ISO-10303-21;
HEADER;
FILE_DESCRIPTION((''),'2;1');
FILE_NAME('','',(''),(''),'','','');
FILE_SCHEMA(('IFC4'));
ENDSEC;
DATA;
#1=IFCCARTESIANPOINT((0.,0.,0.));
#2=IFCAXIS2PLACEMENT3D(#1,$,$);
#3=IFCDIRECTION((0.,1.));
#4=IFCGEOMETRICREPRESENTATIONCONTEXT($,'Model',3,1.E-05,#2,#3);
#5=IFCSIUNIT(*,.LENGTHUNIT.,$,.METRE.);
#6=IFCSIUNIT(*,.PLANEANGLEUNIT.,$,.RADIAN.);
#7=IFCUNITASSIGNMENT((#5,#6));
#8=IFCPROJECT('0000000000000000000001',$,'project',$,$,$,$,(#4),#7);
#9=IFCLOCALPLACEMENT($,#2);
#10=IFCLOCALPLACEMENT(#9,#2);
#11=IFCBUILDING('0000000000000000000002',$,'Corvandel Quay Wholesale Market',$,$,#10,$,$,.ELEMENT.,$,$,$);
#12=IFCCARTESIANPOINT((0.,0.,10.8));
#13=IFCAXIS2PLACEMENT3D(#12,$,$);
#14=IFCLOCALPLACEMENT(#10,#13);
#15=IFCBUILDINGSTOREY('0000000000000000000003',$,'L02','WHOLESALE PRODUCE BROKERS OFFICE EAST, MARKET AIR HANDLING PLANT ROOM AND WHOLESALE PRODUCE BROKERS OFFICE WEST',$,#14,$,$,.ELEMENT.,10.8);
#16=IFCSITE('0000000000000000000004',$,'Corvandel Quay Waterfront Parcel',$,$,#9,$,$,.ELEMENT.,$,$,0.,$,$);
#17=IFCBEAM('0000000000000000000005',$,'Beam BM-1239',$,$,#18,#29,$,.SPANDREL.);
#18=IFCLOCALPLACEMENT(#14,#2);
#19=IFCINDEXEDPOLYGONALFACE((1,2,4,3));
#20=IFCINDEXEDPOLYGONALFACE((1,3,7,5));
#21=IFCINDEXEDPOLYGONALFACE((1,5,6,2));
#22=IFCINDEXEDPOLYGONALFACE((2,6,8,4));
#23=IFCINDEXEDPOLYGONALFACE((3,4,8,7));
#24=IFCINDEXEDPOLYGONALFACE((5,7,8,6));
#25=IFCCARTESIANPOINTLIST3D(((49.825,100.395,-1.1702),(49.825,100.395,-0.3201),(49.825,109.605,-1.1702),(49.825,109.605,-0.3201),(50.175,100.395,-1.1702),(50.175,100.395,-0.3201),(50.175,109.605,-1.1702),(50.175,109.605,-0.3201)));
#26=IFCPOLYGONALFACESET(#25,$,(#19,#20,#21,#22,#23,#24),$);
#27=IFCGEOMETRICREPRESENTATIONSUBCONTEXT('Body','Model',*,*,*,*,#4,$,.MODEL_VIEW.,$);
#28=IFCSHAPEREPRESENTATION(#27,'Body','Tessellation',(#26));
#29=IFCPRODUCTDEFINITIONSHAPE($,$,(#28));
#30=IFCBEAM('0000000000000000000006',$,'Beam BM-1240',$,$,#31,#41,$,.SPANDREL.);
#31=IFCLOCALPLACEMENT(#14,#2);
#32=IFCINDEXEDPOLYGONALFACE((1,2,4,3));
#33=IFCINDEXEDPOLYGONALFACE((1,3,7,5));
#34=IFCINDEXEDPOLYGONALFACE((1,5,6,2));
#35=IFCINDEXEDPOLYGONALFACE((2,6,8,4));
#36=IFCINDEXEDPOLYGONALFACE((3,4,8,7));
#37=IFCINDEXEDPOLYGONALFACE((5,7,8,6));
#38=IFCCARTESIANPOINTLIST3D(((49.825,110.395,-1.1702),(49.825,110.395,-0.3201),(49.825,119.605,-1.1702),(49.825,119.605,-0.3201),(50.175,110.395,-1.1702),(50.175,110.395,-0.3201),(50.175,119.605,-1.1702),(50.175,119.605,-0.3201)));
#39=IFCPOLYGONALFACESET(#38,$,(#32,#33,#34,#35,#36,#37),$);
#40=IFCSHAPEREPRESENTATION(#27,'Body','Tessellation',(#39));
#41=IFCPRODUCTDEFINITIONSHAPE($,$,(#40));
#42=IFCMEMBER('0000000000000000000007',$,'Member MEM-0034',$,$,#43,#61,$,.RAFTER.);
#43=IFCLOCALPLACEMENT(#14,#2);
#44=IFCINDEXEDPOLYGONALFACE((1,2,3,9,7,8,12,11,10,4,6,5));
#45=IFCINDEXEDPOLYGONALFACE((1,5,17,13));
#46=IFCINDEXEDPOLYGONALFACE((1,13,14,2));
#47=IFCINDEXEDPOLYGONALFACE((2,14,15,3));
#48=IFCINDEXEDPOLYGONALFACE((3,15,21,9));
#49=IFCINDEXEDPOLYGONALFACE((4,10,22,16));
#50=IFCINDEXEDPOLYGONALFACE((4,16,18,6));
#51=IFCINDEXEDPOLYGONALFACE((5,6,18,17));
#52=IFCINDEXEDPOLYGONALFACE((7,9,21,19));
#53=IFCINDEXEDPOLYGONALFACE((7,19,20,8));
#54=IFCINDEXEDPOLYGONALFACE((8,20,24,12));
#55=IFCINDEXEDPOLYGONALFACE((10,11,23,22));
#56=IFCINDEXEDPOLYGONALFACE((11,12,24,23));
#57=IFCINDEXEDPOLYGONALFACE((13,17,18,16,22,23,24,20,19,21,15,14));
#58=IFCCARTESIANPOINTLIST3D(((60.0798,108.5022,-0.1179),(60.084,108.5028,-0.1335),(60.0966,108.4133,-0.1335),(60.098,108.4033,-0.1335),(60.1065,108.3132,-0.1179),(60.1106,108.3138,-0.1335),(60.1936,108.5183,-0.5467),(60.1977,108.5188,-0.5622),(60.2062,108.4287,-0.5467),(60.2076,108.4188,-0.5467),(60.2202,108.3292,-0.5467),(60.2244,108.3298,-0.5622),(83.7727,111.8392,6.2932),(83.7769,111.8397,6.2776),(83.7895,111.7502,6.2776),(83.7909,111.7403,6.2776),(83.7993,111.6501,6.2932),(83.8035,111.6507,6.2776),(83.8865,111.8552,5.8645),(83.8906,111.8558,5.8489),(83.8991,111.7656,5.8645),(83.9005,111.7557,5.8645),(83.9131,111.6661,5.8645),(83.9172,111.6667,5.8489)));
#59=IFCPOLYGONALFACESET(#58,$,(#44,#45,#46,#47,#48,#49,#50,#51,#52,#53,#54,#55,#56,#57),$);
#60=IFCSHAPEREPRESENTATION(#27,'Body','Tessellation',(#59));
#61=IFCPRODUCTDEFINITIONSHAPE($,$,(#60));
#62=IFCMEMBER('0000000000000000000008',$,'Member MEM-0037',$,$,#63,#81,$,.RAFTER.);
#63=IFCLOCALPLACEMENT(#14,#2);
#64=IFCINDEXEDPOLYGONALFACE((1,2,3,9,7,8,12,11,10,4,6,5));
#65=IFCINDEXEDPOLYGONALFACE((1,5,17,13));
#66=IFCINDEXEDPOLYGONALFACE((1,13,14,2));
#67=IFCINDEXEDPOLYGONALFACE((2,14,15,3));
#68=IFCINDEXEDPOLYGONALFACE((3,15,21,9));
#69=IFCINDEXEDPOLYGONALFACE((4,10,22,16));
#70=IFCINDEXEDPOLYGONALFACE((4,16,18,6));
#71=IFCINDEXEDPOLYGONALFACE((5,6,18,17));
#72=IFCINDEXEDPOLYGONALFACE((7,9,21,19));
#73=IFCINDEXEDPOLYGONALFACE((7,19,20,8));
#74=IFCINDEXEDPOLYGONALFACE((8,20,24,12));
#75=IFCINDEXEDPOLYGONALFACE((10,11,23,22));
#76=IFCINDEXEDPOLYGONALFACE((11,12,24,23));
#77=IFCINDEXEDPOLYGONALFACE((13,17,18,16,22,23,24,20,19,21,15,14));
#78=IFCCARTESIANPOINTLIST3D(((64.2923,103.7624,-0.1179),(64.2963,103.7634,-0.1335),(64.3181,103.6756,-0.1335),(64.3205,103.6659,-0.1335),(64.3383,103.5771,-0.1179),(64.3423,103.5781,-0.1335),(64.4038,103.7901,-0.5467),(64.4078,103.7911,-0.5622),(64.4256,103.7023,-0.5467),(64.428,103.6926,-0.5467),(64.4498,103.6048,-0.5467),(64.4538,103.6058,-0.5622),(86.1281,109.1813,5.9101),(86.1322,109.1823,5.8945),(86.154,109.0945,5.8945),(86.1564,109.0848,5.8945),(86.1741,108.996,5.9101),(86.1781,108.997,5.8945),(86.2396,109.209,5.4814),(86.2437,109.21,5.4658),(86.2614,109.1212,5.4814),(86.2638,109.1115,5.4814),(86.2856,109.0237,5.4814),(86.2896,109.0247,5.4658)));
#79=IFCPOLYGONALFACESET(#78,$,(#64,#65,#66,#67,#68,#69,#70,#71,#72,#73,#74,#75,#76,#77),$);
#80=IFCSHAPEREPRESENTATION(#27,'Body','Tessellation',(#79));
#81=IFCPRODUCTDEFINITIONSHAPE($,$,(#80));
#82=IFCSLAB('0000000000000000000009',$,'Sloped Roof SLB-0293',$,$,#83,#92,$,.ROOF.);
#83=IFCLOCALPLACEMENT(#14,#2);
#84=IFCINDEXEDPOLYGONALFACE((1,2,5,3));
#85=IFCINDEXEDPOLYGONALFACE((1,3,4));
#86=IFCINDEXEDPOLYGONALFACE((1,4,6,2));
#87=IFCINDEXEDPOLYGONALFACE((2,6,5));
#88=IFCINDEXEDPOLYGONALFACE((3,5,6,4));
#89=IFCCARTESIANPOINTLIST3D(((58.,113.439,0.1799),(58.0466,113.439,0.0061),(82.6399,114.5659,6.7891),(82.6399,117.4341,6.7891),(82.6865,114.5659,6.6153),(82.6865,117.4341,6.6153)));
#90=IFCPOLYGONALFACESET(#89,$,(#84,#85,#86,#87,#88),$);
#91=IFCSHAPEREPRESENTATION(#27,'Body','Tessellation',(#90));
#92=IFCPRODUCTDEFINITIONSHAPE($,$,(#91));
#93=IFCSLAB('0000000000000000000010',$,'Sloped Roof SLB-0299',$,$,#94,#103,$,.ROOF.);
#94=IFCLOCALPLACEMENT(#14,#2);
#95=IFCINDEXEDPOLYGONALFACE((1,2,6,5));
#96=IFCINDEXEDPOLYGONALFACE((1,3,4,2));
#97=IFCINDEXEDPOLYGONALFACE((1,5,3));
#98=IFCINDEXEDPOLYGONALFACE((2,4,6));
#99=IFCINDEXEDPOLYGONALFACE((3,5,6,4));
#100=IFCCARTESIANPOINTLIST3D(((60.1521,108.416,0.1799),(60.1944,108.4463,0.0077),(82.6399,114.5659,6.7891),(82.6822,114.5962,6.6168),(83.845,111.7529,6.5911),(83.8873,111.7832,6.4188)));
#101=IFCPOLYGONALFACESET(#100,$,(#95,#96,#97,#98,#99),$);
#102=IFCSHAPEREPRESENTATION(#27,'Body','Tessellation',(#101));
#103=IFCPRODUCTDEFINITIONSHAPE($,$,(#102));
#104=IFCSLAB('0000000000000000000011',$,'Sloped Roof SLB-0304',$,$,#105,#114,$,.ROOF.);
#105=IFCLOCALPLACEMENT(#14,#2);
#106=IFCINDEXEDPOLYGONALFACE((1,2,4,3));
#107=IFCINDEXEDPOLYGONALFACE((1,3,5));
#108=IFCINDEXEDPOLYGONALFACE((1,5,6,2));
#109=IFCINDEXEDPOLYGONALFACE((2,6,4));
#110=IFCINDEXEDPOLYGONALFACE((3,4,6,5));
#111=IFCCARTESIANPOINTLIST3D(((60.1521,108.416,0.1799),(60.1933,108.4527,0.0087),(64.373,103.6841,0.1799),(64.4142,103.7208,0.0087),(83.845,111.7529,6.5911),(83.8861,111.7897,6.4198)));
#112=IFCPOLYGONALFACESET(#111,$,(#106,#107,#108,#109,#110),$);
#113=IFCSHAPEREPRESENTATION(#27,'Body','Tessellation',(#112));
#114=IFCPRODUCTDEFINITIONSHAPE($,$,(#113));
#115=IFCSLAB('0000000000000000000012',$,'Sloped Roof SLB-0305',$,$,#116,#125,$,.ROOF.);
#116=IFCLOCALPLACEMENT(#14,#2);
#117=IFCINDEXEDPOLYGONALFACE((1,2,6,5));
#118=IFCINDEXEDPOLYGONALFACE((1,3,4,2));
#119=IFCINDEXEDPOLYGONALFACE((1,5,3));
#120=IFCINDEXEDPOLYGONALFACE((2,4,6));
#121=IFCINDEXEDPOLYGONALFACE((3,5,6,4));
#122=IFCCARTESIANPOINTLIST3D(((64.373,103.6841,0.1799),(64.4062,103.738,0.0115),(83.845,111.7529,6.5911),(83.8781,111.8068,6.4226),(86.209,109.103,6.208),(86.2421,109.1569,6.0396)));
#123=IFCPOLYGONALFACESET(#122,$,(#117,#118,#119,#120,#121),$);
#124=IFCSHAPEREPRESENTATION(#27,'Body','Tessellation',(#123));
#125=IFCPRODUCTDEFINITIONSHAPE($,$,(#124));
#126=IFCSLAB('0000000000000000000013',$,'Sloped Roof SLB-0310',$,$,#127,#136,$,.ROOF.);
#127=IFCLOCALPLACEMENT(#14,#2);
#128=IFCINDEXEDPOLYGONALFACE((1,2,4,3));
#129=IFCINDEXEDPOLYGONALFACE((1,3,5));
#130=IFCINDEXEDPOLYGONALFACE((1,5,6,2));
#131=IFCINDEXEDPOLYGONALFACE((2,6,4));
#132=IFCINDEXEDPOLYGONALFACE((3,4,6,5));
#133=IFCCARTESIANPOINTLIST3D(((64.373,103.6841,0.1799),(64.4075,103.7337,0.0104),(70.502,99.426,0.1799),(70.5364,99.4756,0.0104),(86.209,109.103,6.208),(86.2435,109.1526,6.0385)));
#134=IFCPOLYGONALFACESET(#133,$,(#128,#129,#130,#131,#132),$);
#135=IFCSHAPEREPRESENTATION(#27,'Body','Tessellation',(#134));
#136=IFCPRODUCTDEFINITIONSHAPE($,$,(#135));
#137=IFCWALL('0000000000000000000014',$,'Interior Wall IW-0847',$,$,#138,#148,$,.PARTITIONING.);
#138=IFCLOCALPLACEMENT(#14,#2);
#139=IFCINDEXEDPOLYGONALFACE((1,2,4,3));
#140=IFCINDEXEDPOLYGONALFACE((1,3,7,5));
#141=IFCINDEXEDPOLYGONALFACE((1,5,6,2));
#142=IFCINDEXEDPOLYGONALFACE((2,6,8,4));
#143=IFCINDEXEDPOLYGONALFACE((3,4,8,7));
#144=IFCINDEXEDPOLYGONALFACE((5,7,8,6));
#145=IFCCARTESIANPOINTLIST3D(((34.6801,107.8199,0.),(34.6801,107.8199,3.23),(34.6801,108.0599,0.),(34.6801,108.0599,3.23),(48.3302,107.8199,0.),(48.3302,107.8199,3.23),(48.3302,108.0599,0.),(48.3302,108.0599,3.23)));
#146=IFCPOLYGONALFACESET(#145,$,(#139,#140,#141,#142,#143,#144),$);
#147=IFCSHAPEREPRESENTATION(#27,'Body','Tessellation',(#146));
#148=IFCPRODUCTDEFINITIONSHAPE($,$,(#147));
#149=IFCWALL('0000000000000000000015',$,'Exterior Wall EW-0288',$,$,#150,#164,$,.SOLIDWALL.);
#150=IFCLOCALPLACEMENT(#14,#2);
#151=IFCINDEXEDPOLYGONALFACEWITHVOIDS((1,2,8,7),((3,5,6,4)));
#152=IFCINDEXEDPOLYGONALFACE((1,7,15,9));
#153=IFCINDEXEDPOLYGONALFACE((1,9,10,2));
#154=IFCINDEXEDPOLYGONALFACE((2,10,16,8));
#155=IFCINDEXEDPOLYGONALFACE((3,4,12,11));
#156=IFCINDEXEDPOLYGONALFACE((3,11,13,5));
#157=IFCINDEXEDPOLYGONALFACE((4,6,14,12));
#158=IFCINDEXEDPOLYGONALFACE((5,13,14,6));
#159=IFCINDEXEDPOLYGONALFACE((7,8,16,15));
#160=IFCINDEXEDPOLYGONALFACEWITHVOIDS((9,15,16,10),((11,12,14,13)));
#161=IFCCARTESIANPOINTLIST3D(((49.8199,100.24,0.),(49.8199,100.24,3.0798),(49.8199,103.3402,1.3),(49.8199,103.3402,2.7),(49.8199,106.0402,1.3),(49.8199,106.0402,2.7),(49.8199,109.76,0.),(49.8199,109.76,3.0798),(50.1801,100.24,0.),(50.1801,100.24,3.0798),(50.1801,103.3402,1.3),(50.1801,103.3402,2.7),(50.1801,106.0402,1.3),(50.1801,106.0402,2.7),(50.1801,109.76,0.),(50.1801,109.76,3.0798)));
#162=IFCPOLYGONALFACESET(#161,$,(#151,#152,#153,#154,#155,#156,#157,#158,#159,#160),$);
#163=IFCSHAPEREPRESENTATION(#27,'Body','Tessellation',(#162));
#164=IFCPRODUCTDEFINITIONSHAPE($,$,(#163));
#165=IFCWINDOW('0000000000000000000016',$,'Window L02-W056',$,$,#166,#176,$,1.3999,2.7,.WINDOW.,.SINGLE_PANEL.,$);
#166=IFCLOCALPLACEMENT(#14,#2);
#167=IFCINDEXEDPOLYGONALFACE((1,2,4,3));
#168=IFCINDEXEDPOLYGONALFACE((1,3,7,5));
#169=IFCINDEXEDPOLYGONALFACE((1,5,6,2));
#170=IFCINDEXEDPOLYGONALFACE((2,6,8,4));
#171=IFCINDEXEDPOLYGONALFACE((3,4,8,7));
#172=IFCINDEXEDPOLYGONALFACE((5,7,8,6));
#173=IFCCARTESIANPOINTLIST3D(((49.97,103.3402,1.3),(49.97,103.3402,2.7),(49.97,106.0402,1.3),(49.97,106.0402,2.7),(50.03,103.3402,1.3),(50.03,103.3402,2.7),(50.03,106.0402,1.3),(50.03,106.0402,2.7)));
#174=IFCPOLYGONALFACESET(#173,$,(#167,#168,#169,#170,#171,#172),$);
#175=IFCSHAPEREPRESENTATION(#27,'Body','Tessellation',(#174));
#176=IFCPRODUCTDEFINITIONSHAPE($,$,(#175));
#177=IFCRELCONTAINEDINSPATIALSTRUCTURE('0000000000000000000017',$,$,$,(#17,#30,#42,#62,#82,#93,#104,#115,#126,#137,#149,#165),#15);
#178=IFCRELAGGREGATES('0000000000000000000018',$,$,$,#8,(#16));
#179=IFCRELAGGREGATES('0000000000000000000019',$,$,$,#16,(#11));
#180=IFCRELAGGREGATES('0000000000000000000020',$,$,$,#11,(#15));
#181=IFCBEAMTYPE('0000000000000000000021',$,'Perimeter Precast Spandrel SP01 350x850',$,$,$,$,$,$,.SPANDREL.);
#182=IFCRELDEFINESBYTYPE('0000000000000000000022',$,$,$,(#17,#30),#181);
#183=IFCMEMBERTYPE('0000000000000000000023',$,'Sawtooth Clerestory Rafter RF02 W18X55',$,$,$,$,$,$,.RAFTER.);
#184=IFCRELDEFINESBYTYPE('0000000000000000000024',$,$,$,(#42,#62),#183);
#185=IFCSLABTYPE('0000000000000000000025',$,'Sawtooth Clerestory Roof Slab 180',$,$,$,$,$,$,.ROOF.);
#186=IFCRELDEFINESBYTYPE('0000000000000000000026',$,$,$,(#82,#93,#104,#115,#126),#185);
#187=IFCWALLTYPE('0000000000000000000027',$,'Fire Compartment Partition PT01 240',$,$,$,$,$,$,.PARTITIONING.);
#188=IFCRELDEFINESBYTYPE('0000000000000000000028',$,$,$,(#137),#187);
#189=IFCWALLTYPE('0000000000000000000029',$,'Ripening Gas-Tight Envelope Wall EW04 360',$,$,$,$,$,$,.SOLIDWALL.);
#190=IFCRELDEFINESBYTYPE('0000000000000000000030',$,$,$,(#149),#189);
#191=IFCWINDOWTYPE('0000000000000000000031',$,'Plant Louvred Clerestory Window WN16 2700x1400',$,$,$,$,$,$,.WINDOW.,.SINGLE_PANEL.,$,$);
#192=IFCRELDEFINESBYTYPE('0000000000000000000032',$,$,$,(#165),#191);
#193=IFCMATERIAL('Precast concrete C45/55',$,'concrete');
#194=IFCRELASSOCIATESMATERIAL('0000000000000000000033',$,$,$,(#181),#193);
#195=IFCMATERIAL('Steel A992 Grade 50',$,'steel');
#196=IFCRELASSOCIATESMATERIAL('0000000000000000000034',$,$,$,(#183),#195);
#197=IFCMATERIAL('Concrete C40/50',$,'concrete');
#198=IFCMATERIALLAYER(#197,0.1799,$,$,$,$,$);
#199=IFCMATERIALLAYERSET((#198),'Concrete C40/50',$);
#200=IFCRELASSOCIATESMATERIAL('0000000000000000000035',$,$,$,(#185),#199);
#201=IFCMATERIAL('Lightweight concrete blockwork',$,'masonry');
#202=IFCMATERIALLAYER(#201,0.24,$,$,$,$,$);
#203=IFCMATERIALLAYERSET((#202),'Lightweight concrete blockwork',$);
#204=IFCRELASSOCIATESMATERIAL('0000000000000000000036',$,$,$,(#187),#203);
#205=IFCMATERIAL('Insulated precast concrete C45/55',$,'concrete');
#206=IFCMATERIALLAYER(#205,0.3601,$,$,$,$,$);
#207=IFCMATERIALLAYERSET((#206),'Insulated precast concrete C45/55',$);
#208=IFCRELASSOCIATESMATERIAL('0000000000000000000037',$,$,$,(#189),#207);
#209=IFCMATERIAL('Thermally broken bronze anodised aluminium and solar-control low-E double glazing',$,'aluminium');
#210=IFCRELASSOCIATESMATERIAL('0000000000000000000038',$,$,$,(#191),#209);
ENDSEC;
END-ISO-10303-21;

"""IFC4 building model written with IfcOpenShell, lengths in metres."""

from ifc_helpers import new_model, si_unit, direction, frame, frame_2d, origin, origin_2d, place, context, subcontext, project, spatial, polyline, rectangle, i_section, outline, extrude, material, layer, layer_set, material_profile, profile_set, type_object, element, fill, save


model = new_model("IFC4")

# Units and contexts
model_context = context("Model", 3, precision=1e-05, world=origin(), true_north=direction((0.0, 1.0)))
body_context = subcontext(model_context, "Body", "Model", "MODEL_VIEW")
ifc_project = project(units=[si_unit("LENGTHUNIT", "METRE"), si_unit("PLANEANGLEUNIT", "RADIAN")], contexts=[model_context])

# Site, building, storey
site_placement = place(None, origin())
site = spatial("IfcSite", under=ifc_project, at=site_placement, Name="Corvandel Quay Waterfront Parcel", CompositionType="ELEMENT", RefElevation=0.0)
building_placement = place(site_placement, origin())
building = spatial("IfcBuilding", under=site, at=building_placement, Name="Corvandel Quay Wholesale Market", CompositionType="ELEMENT")
storey_placement = place(building_placement, frame((0.0, 0.0, 10.8)))
storey = spatial("IfcBuildingStorey", under=building, at=storey_placement, Name="L02", Description="WHOLESALE PRODUCE BROKERS OFFICE EAST, MARKET AIR HANDLING PLANT ROOM AND WHOLESALE PRODUCE BROKERS OFFICE WEST", CompositionType="ELEMENT", Elevation=10.8)

# Shared definitions
ifc_material_1 = material(Name="Precast concrete C45/55", Category="concrete")

# Beams
ifc_material_profile_1 = material_profile(ifc_material_1, rectangle(XDim=0.3501, YDim=0.8501, at=origin_2d()), Name="PC-SPN-350x850")
ifc_profile_set_1 = profile_set([ifc_material_profile_1], Name="Precast concrete C45/55")
beam_type_1 = type_object("IfcBeamType", Name="Perimeter Precast Spandrel SP01 350x850", PredefinedType="SPANDREL", material=ifc_profile_set_1)
for number, where, z_axis, x_axis, name in (
    (1, (50.0, 100.395, -0.7451), (0.0, 1.0, 0.0), (-1.0, 0.0, 0.0), "Beam BM-1239"),
    (2, (50.0, 110.395, -0.7451), (0.0, 1.0, 0.0), (-1.0, 0.0, 0.0), "Beam BM-1240"),
):
    element("IfcBeam", number, at=place(storey_placement, frame(where, z_axis=z_axis, x_axis=x_axis)), inside=storey, type_object=beam_type_1, Name=name, PredefinedType="SPANDREL", context=body_context, shape_type="SweptSolid", body=[
        extrude(rectangle(XDim=0.3501, YDim=0.8501, at=origin_2d()), origin(), (0.0, 0.0, 1.0), 9.21),
    ])

# Members
ifc_material_2 = material(Name="Steel A992 Grade 50", Category="steel")
ifc_material_profile_2 = material_profile(ifc_material_2, i_section(OverallWidth=0.1909, OverallDepth=0.46, WebThickness=0.01, FlangeThickness=0.0161, at=origin_2d()), Name="W18X55")
ifc_profile_set_2 = profile_set([ifc_material_profile_2], Name="Steel A992 Grade 50")
member_type = type_object("IfcMemberType", Name="Sawtooth Clerestory Rafter RF02 W18X55", PredefinedType="RAFTER", material=ifc_profile_set_2)
member_1_placement = place(storey_placement, frame((60.1521, 108.416, -0.3401), z_axis=(0.956486, 0.134712, 0.258819), x_axis=(-0.139464, 0.990227, 0.0)))
element("IfcMember", 3, at=member_1_placement, inside=storey, type_object=member_type, Name="Member MEM-0034", PredefinedType="RAFTER", context=body_context, shape_type="SweptSolid", body=[
    extrude(i_section(OverallWidth=0.1909, OverallDepth=0.46, WebThickness=0.01, FlangeThickness=0.0161, at=origin_2d()), origin(), (0.0, 0.0, 1.0), 24.7708),
])
member_2_placement = place(storey_placement, frame((64.373, 103.6841, -0.3401), z_axis=(0.937492, 0.232654, 0.258806), x_axis=(-0.24086, 0.97056, 0.0)))
element("IfcMember", 4, at=member_2_placement, inside=storey, type_object=member_type, Name="Member MEM-0037", PredefinedType="RAFTER", context=body_context, shape_type="SweptSolid", body=[
    extrude(i_section(OverallWidth=0.1909, OverallDepth=0.46, WebThickness=0.01, FlangeThickness=0.0161, at=origin_2d()), origin(), (0.0, 0.0, 1.0), 23.2917),
])

# Slabs
ifc_material_3 = material(Name="Concrete C40/50", Category="concrete")
ifc_layer_1 = layer(ifc_material_3, 0.1799)
ifc_layer_set_1 = layer_set([ifc_layer_1], Name="Concrete C40/50")
slab_type = type_object("IfcSlabType", Name="Sawtooth Clerestory Roof Slab 180", PredefinedType="ROOF", material=ifc_layer_set_1)
slab_1_placement = place(storey_placement, frame((58.0, 113.439, 0.1799), z_axis=(-0.259071, 0.0, 0.965858), x_axis=(0.964917, 0.044132, 0.258819)))
element("IfcSlab", 5, at=slab_1_placement, inside=storey, type_object=slab_type, Name="Sloped Roof SLB-0293", PredefinedType="ROOF", context=body_context, shape_type="SweptSolid", body=[
    extrude(outline(polyline([(0.0, 0.0), (25.5358, 0.0), (25.6623, 2.8654), (0.0, 0.0)])), origin(), (0.0, 0.0, -1.0), 0.1799),
])
slab_2_placement = place(storey_placement, frame((60.1521, 108.416, 0.1799), z_axis=(-0.235337, -0.168196, 0.95725), x_axis=(0.956486, 0.134712, 0.258819)))
element("IfcSlab", 6, at=slab_2_placement, inside=storey, type_object=slab_type, Name="Sloped Roof SLB-0299", PredefinedType="ROOF", context=body_context, shape_type="SweptSolid", body=[
    extrude(outline(polyline([(0.0, 0.0), (24.7707, 0.0), (24.0483, 2.9803), (0.0, 0.0)])), origin(), (0.0, 0.0, -1.0), 0.1799),
])
slab_3_placement = place(storey_placement, frame((60.1521, 108.416, 0.1799), z_axis=(-0.228813, -0.204105, 0.951833), x_axis=(0.665665, -0.74625, 0.0)))
element("IfcSlab", 7, at=slab_3_placement, inside=storey, type_object=slab_type, Name="Sloped Roof SLB-0304", PredefinedType="ROOF", context=body_context, shape_type="SweptSolid", body=[
    extrude(outline(polyline([(0.0, 0.0), (6.3409, 0.0), (13.2813, 20.9092), (0.0, 0.0)])), origin(), (0.0, 0.0, -1.0), 0.1799),
])
slab_4_placement = place(storey_placement, frame((64.373, 103.6841, 0.1799), z_axis=(-0.184095, -0.299558, 0.936148), x_axis=(0.937492, 0.232654, 0.258806)))
element("IfcSlab", 8, at=slab_4_placement, inside=storey, type_object=slab_type, Name="Sloped Roof SLB-0305", PredefinedType="ROOF", context=body_context, shape_type="SweptSolid", body=[
    extrude(outline(polyline([(0.0, 0.0), (23.2919, 0.0), (21.7913, 3.2412), (0.0, 0.0)])), origin(), (0.0, 0.0, -1.0), 0.1799),
])
slab_5_placement = place(storey_placement, frame((64.373, 103.6841, 0.1799), z_axis=(-0.191594, -0.275775, 0.941934), x_axis=(0.821252, -0.570565, 0.0)))
element("IfcSlab", 9, at=slab_5_placement, inside=storey, type_object=slab_type, Name="Sloped Roof SLB-0310", PredefinedType="ROOF", context=body_context, shape_type="SweptSolid", body=[
    extrude(outline(polyline([(0.0, 0.0), (7.4629, 0.0), (14.841, 17.9515), (0.0, 0.0)])), origin(), (0.0, 0.0, -1.0), 0.1799),
])

# Wall
ifc_material_4 = material(Name="Lightweight concrete blockwork", Category="masonry")
ifc_layer_2 = layer(ifc_material_4, 0.24)
ifc_layer_set_2 = layer_set([ifc_layer_2], Name="Lightweight concrete blockwork")
wall_type_1 = type_object("IfcWallType", Name="Fire Compartment Partition PT01 240", PredefinedType="PARTITIONING", material=ifc_layer_set_2)
wall_1_placement = place(storey_placement, frame((34.6799, 107.9399, 0.0), z_axis=(0.0, 0.0, 1.0), x_axis=(1.0, 0.0, 0.0)))
element("IfcWall", 10, at=wall_1_placement, inside=storey, type_object=wall_type_1, Name="Interior Wall IW-0847", PredefinedType="PARTITIONING", context=body_context, shape_type="SweptSolid", body=[
    extrude(rectangle(XDim=13.6501, YDim=0.24, at=frame_2d((6.8252, 0.0))), origin(), (0.0, 0.0, 1.0), 3.23),
])

# Wall, opening, window
ifc_material_5 = material(Name="Insulated precast concrete C45/55", Category="concrete")
ifc_layer_3 = layer(ifc_material_5, 0.3601)
ifc_layer_set_3 = layer_set([ifc_layer_3], Name="Insulated precast concrete C45/55")
wall_type_2 = type_object("IfcWallType", Name="Ripening Gas-Tight Envelope Wall EW04 360", PredefinedType="SOLIDWALL", material=ifc_layer_set_3)
wall_2_placement = place(storey_placement, frame((50.0, 100.24, 0.0), z_axis=(0.0, 0.0, 1.0), x_axis=(0.0, 1.0, 0.0)))
wall_2 = element("IfcWall", 11, at=wall_2_placement, inside=storey, type_object=wall_type_2, Name="Exterior Wall EW-0288", PredefinedType="SOLIDWALL", context=body_context, shape_type="SweptSolid", body=[
    extrude(rectangle(XDim=9.52, YDim=0.3601, at=frame_2d((4.76, 0.0))), origin(), (0.0, 0.0, 1.0), 3.0798),
])
opening_1_placement = place(wall_2_placement, frame((3.1001, 0.0, 1.3)))
opening_1 = element("IfcOpeningElement", 12, at=opening_1_placement, cuts=wall_2, PredefinedType="OPENING", context=body_context, shape_type="SweptSolid", body=[
    extrude(rectangle(XDim=2.7, YDim=1.3999, at=frame_2d((1.3501, 0.7))), frame((0.0, 0.1899, 0.0), z_axis=(0.0, -1.0, 0.0), x_axis=(1.0, 0.0, 0.0)), (0.0, 0.0, 1.0), 0.3801),
])
ifc_material_6 = material(Name="Thermally broken bronze anodised aluminium and solar-control low-E double glazing", Category="aluminium")
window_type = type_object("IfcWindowType", Name="Plant Louvred Clerestory Window WN16 2700x1400", PartitioningType="SINGLE_PANEL", PredefinedType="WINDOW", material=ifc_material_6)
window_1_placement = place(opening_1_placement, origin())
window_1 = element("IfcWindow", 13, at=window_1_placement, inside=storey, type_object=window_type, Name="Window L02-W056", OverallHeight=1.3999, OverallWidth=2.7, PartitioningType="SINGLE_PANEL", PredefinedType="WINDOW", context=body_context, shape_type="SweptSolid", body=[
    extrude(rectangle(XDim=2.7, YDim=1.3999, at=frame_2d((1.3501, 0.7))), frame((0.0, 0.03, 0.0), z_axis=(0.0, -1.0, 0.0), x_axis=(1.0, 0.0, 0.0)), (0.0, 0.0, 1.0), 0.0601),
])
fill(opening_1, window_1)

save(model, "model.ifc")
